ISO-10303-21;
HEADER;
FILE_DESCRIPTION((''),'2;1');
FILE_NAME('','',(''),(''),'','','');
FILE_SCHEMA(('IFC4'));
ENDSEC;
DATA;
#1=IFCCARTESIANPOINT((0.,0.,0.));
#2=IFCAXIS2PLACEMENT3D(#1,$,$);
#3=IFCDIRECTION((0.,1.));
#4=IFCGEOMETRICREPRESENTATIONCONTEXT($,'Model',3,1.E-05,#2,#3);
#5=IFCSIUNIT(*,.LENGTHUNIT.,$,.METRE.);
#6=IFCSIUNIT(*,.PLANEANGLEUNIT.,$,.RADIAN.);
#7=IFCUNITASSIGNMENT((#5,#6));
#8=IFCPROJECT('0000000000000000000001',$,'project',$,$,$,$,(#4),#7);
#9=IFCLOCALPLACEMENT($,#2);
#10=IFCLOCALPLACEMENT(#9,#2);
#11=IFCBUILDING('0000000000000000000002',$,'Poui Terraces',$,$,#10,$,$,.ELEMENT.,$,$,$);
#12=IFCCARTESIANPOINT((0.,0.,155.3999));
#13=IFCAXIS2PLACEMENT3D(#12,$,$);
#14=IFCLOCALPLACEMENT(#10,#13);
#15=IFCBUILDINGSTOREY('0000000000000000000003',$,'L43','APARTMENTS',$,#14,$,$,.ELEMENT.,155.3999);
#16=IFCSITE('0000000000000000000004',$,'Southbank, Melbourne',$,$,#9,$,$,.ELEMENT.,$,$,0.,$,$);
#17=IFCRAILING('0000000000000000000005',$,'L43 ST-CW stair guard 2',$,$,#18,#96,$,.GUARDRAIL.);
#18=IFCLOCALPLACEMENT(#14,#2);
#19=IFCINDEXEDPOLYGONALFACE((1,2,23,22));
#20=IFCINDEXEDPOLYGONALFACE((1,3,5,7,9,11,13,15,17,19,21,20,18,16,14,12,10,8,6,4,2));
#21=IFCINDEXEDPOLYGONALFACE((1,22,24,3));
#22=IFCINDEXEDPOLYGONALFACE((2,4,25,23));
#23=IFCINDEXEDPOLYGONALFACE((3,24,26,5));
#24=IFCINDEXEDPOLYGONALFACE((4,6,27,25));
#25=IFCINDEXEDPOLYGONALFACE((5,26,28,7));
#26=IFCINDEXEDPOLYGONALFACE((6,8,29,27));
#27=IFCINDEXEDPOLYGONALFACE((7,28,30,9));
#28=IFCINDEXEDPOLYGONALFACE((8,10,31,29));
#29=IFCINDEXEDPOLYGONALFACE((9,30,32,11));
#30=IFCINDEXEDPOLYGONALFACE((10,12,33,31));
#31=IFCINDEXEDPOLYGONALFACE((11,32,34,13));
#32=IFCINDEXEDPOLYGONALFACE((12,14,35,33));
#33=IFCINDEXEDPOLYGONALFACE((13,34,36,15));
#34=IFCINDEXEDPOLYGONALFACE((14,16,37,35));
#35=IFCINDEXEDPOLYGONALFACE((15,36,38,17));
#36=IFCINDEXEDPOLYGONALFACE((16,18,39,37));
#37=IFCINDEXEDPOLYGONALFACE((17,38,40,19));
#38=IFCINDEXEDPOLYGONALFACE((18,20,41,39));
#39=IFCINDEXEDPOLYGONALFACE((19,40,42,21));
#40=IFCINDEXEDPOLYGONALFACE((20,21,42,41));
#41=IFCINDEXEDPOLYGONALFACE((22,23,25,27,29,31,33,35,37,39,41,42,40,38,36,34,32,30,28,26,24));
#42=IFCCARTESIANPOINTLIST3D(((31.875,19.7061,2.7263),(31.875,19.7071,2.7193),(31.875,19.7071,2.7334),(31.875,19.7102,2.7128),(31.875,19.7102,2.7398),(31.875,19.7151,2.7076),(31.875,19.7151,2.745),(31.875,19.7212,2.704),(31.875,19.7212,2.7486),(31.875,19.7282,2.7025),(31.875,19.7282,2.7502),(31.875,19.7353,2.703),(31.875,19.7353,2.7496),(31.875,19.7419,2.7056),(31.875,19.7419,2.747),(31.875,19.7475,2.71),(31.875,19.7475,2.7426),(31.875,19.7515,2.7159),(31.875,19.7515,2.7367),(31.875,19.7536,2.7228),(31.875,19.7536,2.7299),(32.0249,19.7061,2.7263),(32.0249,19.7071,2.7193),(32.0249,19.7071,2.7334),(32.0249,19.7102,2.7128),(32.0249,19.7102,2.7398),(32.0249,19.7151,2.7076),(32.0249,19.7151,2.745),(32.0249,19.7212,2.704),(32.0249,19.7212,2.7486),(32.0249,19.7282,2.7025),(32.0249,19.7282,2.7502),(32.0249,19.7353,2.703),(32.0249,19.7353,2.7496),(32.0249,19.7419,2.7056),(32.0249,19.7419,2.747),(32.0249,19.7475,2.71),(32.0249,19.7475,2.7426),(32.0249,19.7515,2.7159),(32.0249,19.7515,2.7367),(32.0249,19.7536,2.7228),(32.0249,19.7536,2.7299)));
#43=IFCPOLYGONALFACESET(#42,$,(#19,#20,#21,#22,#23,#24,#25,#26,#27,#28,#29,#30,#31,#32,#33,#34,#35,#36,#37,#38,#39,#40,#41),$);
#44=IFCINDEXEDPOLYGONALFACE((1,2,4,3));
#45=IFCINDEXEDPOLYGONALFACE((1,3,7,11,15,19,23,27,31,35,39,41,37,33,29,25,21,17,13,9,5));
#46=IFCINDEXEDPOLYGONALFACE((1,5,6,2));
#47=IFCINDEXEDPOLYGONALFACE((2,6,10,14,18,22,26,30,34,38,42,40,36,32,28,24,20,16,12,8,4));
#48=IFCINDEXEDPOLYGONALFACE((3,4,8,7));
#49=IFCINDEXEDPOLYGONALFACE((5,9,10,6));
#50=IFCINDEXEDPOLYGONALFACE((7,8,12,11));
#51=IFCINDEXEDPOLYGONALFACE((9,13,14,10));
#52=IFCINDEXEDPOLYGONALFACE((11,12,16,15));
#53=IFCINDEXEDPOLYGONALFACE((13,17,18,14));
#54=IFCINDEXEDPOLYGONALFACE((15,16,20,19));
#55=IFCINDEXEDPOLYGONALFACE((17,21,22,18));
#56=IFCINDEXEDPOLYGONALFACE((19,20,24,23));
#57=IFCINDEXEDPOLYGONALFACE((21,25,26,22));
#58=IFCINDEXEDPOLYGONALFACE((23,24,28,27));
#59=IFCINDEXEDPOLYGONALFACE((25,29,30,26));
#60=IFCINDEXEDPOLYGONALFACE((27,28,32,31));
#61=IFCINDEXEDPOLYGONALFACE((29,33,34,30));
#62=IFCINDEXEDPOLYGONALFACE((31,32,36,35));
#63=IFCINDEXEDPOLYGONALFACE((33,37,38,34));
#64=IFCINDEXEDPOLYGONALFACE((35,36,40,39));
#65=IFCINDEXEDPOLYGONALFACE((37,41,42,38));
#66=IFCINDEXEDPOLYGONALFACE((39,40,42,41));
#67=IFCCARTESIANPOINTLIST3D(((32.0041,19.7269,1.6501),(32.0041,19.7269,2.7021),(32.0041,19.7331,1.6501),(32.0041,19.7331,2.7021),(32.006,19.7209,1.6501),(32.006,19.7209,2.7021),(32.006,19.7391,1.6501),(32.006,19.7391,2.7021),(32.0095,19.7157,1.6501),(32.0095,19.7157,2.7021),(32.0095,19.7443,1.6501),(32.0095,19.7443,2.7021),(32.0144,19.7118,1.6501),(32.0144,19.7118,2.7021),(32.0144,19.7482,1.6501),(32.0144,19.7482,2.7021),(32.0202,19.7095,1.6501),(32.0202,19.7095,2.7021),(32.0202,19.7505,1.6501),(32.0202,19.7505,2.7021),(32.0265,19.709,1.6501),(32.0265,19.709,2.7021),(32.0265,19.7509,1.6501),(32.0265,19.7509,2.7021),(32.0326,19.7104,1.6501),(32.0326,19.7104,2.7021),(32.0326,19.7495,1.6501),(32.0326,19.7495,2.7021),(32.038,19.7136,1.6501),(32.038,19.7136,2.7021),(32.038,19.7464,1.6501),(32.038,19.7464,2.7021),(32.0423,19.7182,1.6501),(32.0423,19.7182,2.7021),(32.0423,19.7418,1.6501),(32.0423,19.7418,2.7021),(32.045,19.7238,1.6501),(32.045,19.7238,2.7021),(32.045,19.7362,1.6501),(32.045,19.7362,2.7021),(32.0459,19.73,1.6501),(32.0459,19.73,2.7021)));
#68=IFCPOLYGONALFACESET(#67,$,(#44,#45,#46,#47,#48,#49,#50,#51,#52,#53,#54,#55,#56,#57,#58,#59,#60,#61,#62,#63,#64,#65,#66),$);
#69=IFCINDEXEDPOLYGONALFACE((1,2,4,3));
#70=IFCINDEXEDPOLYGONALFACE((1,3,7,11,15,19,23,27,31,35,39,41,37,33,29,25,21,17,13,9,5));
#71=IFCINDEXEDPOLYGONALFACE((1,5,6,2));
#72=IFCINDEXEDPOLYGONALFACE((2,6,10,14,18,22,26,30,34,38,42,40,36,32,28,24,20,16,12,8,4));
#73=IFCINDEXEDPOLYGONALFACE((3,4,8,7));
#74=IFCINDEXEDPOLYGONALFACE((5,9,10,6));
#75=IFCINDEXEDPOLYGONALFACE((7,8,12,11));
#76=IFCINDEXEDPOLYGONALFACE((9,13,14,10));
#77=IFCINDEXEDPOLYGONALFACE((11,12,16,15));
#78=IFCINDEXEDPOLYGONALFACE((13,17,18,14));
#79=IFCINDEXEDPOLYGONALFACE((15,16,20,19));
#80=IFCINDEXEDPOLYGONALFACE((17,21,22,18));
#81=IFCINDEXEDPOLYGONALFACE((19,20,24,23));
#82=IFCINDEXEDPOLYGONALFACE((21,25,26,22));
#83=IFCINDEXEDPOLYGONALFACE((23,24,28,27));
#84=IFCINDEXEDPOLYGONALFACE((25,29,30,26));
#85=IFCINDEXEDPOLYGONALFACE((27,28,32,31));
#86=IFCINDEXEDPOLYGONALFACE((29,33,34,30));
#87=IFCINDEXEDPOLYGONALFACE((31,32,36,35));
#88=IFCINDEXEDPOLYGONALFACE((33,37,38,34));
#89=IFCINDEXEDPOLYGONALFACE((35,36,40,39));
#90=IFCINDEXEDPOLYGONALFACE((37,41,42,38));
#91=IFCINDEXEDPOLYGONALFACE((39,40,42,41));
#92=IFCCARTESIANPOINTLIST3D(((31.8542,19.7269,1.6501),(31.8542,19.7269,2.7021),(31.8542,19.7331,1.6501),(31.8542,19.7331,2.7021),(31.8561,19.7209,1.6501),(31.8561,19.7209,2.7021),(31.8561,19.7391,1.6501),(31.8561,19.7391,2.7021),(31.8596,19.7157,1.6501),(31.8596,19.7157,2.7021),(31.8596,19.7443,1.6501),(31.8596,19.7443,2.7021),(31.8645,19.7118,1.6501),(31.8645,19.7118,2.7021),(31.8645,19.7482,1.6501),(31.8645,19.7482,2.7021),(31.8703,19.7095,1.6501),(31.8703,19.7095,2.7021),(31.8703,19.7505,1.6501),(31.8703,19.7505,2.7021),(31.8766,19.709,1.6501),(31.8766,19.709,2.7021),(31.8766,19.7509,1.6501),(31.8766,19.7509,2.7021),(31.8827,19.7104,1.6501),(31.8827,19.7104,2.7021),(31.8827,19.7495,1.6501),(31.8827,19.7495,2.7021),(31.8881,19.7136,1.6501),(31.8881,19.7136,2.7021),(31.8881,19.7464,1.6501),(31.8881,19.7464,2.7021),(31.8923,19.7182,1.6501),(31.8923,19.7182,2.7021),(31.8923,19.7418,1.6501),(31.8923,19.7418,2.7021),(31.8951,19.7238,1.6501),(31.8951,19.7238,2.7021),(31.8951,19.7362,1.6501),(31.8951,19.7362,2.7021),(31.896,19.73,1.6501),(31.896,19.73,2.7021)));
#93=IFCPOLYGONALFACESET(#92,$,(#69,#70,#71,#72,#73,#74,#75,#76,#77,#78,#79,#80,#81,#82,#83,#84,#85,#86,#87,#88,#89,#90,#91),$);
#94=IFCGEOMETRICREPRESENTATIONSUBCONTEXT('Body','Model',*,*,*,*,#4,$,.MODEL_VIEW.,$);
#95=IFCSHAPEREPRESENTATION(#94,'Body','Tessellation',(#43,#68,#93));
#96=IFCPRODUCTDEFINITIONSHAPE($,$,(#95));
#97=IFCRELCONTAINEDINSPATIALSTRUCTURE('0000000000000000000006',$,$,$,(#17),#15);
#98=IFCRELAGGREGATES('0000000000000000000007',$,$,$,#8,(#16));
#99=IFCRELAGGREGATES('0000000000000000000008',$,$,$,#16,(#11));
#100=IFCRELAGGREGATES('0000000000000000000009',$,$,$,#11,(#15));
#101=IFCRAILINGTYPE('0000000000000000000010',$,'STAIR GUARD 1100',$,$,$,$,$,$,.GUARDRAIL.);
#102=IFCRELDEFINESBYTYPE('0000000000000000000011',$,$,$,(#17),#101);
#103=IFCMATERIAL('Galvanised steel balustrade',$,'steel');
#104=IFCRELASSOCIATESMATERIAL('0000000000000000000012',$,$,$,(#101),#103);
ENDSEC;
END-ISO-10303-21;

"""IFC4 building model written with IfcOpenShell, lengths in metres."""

from ifc_helpers import new_model, si_unit, direction, frame, origin, origin_2d, place, context, subcontext, project, spatial, circle, extrude, material, type_object, element, save


model = new_model("IFC4")

# Units and contexts
model_context = context("Model", 3, precision=1e-05, world=origin(), true_north=direction((0.0, 1.0)))
body_context = subcontext(model_context, "Body", "Model", "MODEL_VIEW")
ifc_project = project(units=[si_unit("LENGTHUNIT", "METRE"), si_unit("PLANEANGLEUNIT", "RADIAN")], contexts=[model_context])

# Site, building, storey
site_placement = place(None, origin())
site = spatial("IfcSite", under=ifc_project, at=site_placement, Name="Southbank, Melbourne", CompositionType="ELEMENT", RefElevation=0.0)
building_placement = place(site_placement, origin())
building = spatial("IfcBuilding", under=site, at=building_placement, Name="Poui Terraces", CompositionType="ELEMENT")
storey_placement = place(building_placement, frame((0.0, 0.0, 155.3999)))
storey = spatial("IfcBuildingStorey", under=building, at=storey_placement, Name="L43", Description="APARTMENTS", CompositionType="ELEMENT", Elevation=155.3999)

# Railing
ifc_material_1 = material(Name="Galvanised steel balustrade", Category="steel")
railing_type_1 = type_object("IfcRailingType", Name="STAIR GUARD 1100", PredefinedType="GUARDRAIL", material=ifc_material_1)
railing_1_placement = place(storey_placement, frame((32.0249, 19.73, 1.6501)))
element("IfcRailing", 1, at=railing_1_placement, inside=storey, type_object=railing_type_1, Name="L43 ST-CW stair guard 2", PredefinedType="GUARDRAIL", context=body_context, shape_type="SweptSolid", body=[
    extrude(circle(Radius=0.0239, at=origin_2d()), frame((0.0, 0.0, 1.0762), z_axis=(-1.0, 0.0, 0.0), x_axis=(0.0, -1.0, 0.0)), (0.0, 0.0, 1.0), 0.1499),
    extrude(circle(Radius=0.021, at=origin_2d()), origin(), (0.0, 0.0, 1.0), 1.052),
    extrude(circle(Radius=0.021, at=origin_2d()), frame((-0.1499, 0.0, 0.0)), (0.0, 0.0, 1.0), 1.052),
])

save(model, "model.ifc")
